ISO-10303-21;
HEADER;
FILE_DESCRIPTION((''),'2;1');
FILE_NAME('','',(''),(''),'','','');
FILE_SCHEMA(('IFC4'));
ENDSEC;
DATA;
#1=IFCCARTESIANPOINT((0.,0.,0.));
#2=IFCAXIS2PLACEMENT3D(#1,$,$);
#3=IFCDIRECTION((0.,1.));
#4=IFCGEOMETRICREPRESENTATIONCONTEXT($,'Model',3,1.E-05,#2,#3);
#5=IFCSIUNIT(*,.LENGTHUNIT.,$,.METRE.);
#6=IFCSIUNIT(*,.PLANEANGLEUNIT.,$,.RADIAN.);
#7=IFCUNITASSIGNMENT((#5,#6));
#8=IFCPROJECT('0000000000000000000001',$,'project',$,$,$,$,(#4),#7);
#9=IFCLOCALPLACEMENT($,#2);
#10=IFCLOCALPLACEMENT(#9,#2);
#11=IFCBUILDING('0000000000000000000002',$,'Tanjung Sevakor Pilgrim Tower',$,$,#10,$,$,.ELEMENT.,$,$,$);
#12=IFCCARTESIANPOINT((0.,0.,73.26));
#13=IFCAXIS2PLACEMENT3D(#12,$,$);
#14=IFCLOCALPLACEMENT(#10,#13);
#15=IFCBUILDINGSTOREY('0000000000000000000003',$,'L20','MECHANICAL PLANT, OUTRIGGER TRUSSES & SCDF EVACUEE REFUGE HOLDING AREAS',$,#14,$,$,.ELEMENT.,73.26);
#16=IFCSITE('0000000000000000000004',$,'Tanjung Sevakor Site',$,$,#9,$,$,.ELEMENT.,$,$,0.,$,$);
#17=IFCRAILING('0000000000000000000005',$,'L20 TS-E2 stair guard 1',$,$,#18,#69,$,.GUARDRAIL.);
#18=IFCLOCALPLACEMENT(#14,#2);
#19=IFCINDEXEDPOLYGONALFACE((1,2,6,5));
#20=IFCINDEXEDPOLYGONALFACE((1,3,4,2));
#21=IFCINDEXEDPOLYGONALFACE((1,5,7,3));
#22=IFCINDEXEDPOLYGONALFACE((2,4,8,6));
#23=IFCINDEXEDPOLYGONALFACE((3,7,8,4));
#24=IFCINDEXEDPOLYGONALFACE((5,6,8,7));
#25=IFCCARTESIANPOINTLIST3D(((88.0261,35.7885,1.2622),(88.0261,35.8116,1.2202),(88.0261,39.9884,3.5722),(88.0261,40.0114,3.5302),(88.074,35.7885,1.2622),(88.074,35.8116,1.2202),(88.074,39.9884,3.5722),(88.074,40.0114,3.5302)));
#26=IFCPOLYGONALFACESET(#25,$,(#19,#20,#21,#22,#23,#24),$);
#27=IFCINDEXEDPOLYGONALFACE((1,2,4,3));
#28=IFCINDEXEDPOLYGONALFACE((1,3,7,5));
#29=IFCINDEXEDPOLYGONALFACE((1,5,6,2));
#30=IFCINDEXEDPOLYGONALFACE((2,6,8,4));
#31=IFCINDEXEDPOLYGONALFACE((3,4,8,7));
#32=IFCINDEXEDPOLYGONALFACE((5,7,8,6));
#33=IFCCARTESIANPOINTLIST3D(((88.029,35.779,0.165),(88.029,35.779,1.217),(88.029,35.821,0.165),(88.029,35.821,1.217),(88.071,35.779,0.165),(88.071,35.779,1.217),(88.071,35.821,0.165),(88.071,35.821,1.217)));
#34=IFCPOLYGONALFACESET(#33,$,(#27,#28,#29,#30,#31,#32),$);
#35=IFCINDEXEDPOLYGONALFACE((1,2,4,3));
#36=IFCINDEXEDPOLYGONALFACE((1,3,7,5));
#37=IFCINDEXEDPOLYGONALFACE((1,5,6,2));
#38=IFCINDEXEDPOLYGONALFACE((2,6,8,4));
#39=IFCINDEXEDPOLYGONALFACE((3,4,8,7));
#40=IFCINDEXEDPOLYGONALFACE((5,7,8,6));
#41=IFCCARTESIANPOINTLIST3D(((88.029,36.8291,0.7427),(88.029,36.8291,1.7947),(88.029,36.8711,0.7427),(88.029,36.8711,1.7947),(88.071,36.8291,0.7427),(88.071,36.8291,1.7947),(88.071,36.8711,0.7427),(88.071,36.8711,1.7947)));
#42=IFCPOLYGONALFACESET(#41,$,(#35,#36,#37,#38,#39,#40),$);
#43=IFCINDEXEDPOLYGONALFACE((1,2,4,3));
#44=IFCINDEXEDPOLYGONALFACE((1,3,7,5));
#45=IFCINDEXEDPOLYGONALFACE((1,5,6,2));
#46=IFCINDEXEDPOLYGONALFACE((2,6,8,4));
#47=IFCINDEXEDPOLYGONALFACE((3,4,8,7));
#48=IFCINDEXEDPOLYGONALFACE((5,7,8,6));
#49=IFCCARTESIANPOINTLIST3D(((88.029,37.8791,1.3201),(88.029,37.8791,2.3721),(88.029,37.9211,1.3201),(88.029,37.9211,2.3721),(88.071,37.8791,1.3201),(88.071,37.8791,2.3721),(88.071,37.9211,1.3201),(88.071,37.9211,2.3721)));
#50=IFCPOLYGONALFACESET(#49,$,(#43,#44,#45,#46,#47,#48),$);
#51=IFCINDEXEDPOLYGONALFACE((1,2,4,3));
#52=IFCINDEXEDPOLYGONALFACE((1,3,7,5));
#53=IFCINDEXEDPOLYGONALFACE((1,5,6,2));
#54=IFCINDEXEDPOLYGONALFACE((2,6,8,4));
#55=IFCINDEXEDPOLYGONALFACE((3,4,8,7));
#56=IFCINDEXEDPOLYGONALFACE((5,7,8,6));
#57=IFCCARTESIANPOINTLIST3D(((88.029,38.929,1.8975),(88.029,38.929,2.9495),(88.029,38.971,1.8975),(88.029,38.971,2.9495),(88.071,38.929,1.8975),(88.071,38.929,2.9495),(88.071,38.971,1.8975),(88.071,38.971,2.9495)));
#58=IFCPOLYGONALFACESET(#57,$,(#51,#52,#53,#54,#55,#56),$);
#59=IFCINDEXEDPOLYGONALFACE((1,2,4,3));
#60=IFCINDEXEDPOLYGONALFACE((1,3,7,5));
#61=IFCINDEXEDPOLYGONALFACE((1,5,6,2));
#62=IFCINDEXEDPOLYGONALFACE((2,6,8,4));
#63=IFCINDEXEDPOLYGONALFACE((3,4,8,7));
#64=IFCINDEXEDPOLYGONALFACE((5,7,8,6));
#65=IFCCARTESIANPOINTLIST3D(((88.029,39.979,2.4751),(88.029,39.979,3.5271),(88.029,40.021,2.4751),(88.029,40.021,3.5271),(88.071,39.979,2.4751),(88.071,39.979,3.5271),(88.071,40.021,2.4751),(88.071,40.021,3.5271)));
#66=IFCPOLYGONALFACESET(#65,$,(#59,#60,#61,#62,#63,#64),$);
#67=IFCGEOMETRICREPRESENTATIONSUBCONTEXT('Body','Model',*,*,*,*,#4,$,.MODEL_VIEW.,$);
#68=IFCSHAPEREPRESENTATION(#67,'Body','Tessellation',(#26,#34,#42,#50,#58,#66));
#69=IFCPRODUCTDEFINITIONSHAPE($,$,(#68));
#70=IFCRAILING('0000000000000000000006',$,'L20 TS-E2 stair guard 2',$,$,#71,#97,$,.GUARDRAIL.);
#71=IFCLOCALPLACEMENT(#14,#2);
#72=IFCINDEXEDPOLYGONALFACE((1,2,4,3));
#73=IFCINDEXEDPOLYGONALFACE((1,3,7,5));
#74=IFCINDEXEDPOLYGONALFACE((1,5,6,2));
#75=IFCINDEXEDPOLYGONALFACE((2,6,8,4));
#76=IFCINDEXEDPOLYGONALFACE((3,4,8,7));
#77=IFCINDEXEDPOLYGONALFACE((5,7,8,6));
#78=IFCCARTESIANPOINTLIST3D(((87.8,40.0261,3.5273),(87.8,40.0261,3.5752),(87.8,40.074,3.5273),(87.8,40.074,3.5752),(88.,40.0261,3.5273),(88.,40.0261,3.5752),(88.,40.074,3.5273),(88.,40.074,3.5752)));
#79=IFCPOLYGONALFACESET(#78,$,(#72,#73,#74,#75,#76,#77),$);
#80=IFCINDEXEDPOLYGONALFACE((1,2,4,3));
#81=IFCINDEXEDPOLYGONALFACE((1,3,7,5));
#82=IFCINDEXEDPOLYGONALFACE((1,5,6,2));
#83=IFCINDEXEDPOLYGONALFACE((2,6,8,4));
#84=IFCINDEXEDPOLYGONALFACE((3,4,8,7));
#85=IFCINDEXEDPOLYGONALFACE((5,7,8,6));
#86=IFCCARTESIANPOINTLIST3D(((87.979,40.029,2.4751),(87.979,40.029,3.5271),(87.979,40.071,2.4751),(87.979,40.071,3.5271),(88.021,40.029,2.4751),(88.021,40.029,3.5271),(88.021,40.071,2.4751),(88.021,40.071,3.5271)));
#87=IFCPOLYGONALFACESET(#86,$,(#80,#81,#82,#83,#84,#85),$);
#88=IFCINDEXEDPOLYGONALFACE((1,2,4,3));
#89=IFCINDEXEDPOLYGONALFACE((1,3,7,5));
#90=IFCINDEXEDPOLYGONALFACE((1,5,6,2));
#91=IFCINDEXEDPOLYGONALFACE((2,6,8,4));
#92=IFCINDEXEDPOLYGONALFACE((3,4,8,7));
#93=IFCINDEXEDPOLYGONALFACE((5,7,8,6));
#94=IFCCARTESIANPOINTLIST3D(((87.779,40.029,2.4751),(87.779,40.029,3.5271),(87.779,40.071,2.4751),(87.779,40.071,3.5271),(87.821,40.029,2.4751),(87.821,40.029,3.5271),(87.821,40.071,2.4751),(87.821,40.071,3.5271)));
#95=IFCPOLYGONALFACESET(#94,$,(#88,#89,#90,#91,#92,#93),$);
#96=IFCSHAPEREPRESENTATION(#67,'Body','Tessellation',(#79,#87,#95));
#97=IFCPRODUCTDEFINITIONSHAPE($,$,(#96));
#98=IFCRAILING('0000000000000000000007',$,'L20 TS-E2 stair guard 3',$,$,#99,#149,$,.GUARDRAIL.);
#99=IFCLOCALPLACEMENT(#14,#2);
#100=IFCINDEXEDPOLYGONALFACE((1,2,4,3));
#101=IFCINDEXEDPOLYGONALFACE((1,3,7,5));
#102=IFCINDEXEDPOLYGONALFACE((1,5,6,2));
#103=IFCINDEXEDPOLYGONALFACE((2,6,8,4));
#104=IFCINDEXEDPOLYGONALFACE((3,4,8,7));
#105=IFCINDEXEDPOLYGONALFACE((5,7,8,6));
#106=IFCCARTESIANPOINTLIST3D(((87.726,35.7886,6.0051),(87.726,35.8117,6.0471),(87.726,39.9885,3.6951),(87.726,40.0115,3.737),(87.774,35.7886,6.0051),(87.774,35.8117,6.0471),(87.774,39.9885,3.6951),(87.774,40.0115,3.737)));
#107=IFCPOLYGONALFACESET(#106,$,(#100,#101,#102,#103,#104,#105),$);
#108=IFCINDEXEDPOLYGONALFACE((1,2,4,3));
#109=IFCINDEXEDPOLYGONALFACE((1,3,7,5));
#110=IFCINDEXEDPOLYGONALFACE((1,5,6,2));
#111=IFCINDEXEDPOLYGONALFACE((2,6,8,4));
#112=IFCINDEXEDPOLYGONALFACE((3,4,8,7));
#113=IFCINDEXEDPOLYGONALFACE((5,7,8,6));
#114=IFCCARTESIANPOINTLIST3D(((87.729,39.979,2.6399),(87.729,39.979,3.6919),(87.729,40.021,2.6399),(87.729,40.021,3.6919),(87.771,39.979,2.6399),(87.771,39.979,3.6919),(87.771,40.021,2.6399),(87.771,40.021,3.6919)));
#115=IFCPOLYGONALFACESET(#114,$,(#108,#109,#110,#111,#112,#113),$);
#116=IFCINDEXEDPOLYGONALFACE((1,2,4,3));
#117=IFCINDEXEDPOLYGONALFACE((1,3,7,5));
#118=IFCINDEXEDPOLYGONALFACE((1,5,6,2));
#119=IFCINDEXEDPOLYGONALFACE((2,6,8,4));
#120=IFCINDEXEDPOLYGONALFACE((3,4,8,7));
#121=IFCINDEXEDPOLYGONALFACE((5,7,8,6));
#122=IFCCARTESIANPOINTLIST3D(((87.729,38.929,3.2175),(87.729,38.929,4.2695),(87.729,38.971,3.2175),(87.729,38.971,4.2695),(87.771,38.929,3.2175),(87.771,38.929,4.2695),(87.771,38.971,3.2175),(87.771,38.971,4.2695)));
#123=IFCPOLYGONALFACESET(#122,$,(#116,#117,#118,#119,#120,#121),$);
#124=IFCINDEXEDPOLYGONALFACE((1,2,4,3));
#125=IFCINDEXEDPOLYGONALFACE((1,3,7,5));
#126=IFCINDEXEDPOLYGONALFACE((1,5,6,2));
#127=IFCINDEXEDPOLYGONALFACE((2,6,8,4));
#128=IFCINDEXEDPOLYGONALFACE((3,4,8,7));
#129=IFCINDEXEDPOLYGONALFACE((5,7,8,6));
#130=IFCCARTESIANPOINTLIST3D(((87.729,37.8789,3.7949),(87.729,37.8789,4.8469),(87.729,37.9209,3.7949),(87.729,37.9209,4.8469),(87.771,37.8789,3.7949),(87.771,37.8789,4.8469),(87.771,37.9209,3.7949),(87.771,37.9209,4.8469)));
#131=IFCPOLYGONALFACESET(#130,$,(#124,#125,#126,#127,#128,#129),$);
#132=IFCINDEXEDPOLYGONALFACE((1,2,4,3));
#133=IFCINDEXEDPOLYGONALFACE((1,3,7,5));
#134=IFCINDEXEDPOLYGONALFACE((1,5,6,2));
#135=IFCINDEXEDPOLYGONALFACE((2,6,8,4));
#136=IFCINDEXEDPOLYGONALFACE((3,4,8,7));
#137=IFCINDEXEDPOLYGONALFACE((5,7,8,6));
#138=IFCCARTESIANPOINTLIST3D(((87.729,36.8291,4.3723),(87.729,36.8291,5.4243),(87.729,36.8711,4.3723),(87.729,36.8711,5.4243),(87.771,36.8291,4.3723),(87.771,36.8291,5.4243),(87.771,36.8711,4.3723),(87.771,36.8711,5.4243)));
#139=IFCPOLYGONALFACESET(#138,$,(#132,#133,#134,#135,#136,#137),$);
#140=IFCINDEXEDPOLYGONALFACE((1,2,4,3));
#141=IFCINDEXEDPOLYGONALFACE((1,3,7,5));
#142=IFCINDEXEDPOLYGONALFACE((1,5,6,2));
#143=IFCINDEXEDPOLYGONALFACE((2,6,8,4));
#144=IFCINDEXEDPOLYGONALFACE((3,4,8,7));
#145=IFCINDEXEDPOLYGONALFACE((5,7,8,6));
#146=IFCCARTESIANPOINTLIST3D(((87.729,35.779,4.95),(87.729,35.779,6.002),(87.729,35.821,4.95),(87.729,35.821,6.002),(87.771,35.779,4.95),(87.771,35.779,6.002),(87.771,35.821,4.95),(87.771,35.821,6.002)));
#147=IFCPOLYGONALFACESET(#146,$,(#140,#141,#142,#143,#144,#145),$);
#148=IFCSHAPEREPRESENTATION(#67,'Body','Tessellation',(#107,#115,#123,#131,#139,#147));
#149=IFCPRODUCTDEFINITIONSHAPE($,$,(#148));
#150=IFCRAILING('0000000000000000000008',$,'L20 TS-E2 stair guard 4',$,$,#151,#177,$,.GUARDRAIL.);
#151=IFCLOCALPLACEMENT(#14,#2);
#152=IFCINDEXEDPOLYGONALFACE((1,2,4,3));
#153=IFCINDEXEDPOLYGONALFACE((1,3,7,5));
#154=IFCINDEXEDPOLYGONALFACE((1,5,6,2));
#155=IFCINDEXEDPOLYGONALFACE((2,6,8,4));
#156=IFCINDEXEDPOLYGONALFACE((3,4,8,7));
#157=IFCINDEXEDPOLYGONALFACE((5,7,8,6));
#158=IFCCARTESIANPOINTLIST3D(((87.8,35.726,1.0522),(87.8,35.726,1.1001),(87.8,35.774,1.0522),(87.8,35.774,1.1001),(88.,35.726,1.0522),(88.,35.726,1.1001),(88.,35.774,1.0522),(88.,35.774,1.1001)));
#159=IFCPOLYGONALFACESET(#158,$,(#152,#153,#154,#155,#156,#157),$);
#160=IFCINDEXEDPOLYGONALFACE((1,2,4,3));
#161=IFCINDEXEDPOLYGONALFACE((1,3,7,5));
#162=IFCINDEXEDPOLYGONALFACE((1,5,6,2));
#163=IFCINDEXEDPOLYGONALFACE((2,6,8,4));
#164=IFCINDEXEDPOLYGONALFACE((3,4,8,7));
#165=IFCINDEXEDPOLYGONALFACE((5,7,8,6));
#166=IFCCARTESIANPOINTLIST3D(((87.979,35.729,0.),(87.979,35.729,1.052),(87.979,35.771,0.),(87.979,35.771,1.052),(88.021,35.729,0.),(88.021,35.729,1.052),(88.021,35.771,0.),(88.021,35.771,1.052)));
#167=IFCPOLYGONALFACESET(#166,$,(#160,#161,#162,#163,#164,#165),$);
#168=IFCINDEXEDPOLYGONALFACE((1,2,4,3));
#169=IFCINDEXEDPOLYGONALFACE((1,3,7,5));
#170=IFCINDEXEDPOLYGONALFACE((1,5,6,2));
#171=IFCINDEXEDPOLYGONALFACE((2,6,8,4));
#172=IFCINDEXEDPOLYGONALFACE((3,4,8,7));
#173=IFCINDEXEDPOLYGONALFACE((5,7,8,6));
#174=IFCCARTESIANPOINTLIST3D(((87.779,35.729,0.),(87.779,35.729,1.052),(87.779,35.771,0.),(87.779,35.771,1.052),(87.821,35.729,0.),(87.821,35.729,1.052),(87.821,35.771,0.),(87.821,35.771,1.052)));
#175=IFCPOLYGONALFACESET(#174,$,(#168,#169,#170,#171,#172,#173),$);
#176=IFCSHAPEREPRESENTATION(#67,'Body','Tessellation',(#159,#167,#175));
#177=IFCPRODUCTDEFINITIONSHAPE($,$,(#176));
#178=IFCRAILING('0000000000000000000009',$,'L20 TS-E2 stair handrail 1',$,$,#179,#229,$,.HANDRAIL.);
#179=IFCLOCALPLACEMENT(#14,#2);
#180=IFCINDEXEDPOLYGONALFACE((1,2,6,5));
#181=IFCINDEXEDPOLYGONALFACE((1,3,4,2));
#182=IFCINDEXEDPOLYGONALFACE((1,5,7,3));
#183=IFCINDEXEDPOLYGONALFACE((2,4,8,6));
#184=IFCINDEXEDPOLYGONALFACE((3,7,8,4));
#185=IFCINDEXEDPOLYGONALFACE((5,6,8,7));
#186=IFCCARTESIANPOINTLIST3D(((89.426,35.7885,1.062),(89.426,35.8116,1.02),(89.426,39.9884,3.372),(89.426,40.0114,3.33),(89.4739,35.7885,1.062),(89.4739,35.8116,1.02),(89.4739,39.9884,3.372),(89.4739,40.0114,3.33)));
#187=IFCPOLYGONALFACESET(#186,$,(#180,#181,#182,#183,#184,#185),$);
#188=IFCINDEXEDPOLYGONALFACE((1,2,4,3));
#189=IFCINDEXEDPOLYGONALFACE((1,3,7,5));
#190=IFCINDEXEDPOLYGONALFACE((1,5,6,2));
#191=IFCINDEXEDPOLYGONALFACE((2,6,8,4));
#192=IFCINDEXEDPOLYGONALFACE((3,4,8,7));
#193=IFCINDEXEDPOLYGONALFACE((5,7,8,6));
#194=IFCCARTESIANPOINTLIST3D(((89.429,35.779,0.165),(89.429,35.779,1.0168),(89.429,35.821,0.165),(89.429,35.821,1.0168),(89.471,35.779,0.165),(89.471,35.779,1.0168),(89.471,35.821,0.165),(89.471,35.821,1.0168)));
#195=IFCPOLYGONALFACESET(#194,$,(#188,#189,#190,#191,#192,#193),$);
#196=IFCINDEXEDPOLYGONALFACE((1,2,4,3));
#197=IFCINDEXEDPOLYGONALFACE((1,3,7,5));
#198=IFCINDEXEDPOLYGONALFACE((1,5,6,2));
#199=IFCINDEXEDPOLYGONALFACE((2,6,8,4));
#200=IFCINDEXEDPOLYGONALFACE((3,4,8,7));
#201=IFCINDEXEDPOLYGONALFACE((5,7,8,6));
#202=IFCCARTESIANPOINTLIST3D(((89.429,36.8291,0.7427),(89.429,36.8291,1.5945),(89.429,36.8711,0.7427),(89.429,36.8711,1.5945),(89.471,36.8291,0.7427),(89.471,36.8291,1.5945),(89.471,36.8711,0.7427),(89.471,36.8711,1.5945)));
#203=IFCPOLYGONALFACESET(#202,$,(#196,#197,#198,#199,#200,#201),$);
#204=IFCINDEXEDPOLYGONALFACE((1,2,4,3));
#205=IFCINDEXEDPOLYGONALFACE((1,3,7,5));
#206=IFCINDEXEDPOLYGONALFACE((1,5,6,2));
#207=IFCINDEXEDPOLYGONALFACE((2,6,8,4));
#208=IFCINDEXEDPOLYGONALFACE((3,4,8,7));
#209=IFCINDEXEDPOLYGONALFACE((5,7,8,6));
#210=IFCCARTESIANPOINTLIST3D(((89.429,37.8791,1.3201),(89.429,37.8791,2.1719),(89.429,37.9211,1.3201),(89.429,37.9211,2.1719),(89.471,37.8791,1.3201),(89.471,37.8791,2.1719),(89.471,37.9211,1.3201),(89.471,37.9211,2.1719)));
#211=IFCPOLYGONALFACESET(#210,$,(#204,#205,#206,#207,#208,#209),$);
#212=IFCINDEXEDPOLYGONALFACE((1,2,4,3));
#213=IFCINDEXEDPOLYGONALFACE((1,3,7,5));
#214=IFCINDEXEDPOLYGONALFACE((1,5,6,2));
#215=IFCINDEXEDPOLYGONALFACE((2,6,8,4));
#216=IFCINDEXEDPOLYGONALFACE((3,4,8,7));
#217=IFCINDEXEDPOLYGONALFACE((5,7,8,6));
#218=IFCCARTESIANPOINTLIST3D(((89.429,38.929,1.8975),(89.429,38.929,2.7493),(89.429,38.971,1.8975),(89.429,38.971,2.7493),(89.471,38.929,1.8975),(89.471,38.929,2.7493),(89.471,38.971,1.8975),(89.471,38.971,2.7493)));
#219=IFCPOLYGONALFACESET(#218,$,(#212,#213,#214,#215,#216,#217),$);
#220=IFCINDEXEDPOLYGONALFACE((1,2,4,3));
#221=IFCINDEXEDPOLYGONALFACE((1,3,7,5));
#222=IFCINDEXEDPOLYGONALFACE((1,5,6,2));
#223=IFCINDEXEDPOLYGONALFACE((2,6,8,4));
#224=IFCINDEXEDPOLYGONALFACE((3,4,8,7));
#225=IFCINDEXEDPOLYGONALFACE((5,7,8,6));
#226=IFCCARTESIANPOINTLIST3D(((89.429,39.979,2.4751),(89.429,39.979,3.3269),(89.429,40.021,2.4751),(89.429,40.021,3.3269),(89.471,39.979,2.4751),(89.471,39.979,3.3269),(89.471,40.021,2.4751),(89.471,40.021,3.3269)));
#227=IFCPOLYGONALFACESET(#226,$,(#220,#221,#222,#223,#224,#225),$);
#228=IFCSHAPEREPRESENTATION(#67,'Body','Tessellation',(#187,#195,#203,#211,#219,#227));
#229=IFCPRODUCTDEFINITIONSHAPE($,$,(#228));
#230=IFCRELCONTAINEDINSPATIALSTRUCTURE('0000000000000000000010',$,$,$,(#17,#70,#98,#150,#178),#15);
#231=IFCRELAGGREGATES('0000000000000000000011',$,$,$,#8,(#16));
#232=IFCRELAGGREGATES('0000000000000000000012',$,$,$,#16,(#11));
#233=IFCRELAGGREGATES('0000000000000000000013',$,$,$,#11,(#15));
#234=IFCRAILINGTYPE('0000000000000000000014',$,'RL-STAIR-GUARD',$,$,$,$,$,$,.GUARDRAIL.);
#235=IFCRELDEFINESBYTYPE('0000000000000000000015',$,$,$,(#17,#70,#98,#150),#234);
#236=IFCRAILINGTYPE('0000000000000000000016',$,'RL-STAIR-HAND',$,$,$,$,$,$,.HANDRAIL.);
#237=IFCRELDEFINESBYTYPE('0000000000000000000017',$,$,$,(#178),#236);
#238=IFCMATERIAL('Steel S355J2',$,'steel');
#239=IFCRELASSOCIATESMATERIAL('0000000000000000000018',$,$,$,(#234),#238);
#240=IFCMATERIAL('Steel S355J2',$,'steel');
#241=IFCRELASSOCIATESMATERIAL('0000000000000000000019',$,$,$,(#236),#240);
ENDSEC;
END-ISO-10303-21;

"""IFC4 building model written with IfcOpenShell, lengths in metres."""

from ifc_helpers import new_model, si_unit, direction, frame, origin, place, context, subcontext, project, spatial, rectangle, extrude, material, type_object, element, save


model = new_model("IFC4")

# Units and contexts
model_context = context("Model", 3, precision=1e-05, world=origin(), true_north=direction((0.0, 1.0)))
body_context = subcontext(model_context, "Body", "Model", "MODEL_VIEW")
ifc_project = project(units=[si_unit("LENGTHUNIT", "METRE"), si_unit("PLANEANGLEUNIT", "RADIAN")], contexts=[model_context])

# Site, building, storey
site_placement = place(None, origin())
site = spatial("IfcSite", under=ifc_project, at=site_placement, Name="Tanjung Sevakor Site", CompositionType="ELEMENT", RefElevation=0.0)
building_placement = place(site_placement, origin())
building = spatial("IfcBuilding", under=site, at=building_placement, Name="Tanjung Sevakor Pilgrim Tower", CompositionType="ELEMENT")
storey_placement = place(building_placement, frame((0.0, 0.0, 73.26)))
storey = spatial("IfcBuildingStorey", under=building, at=storey_placement, Name="L20", Description="MECHANICAL PLANT, OUTRIGGER TRUSSES & SCDF EVACUEE REFUGE HOLDING AREAS", CompositionType="ELEMENT", Elevation=73.26)

# Railings
ifc_material_1 = material(Name="Steel S355J2", Category="steel")
railing_type_1 = type_object("IfcRailingType", Name="RL-STAIR-GUARD", PredefinedType="GUARDRAIL", material=ifc_material_1)
railing_1_placement = place(storey_placement, frame((88.05, 35.8, 0.165)))
element("IfcRailing", 1, at=railing_1_placement, inside=storey, type_object=railing_type_1, Name="L20 TS-E2 stair guard 1", PredefinedType="GUARDRAIL", context=body_context, shape_type="SweptSolid", body=[
    extrude(rectangle(XDim=0.0479, YDim=0.0479), frame((0.0, 0.0, 1.0762), z_axis=(0.0, 0.876208, 0.481932), x_axis=(-1.0, 0.0, 0.0)), (0.0, 0.0, 1.0), 4.7932),
    extrude(rectangle(XDim=0.042, YDim=0.042), origin(), (0.0, 0.0, 1.0), 1.052),
    extrude(rectangle(XDim=0.042, YDim=0.042), frame((0.0, 1.05, 0.5776)), (0.0, 0.0, 1.0), 1.052),
    extrude(rectangle(XDim=0.042, YDim=0.042), frame((0.0, 2.1001, 1.155)), (0.0, 0.0, 1.0), 1.052),
    extrude(rectangle(XDim=0.042, YDim=0.042), frame((0.0, 3.1499, 1.7324)), (0.0, 0.0, 1.0), 1.052),
    extrude(rectangle(XDim=0.042, YDim=0.042), frame((0.0, 4.2, 2.3101)), (0.0, 0.0, 1.0), 1.052),
])
railing_2_placement = place(storey_placement, frame((88.0, 40.05, 2.4751)))
element("IfcRailing", 2, at=railing_2_placement, inside=storey, type_object=railing_type_1, Name="L20 TS-E2 stair guard 2", PredefinedType="GUARDRAIL", context=body_context, shape_type="SweptSolid", body=[
    extrude(rectangle(XDim=0.0479, YDim=0.0479), frame((0.0, 0.0, 1.0762), z_axis=(-1.0, 0.0, 0.0), x_axis=(0.0, -1.0, 0.0)), (0.0, 0.0, 1.0), 0.2),
    extrude(rectangle(XDim=0.042, YDim=0.042), origin(), (0.0, 0.0, 1.0), 1.052),
    extrude(rectangle(XDim=0.042, YDim=0.042), frame((-0.2, 0.0, 0.0)), (0.0, 0.0, 1.0), 1.052),
])
railing_3_placement = place(storey_placement, frame((87.75, 40.0, 2.6399)))
element("IfcRailing", 3, at=railing_3_placement, inside=storey, type_object=railing_type_1, Name="L20 TS-E2 stair guard 3", PredefinedType="GUARDRAIL", context=body_context, shape_type="SweptSolid", body=[
    extrude(rectangle(XDim=0.0479, YDim=0.0479), frame((0.0, 0.0, 1.0762), z_axis=(0.0, -0.876208, 0.481932), x_axis=(1.0, 0.0, 0.0)), (0.0, 0.0, 1.0), 4.7932),
    extrude(rectangle(XDim=0.042, YDim=0.042), origin(), (0.0, 0.0, 1.0), 1.052),
    extrude(rectangle(XDim=0.042, YDim=0.042), frame((0.0, -1.05, 0.5776)), (0.0, 0.0, 1.0), 1.052),
    extrude(rectangle(XDim=0.042, YDim=0.042), frame((0.0, -2.1001, 1.155)), (0.0, 0.0, 1.0), 1.052),
    extrude(rectangle(XDim=0.042, YDim=0.042), frame((0.0, -3.1499, 1.7324)), (0.0, 0.0, 1.0), 1.052),
    extrude(rectangle(XDim=0.042, YDim=0.042), frame((0.0, -4.2, 2.3101)), (0.0, 0.0, 1.0), 1.052),
])
railing_4_placement = place(storey_placement, frame((88.0, 35.75, 0.0)))
element("IfcRailing", 4, at=railing_4_placement, inside=storey, type_object=railing_type_1, Name="L20 TS-E2 stair guard 4", PredefinedType="GUARDRAIL", context=body_context, shape_type="SweptSolid", body=[
    extrude(rectangle(XDim=0.0479, YDim=0.0479), frame((0.0, 0.0, 1.0762), z_axis=(-1.0, 0.0, 0.0), x_axis=(0.0, -1.0, 0.0)), (0.0, 0.0, 1.0), 0.2),
    extrude(rectangle(XDim=0.042, YDim=0.042), origin(), (0.0, 0.0, 1.0), 1.052),
    extrude(rectangle(XDim=0.042, YDim=0.042), frame((-0.2, 0.0, 0.0)), (0.0, 0.0, 1.0), 1.052),
])
ifc_material_2 = material(Name="Steel S355J2", Category="steel")
railing_type_2 = type_object("IfcRailingType", Name="RL-STAIR-HAND", PredefinedType="HANDRAIL", material=ifc_material_2)
railing_5_placement = place(storey_placement, frame((89.45, 35.8, 0.165)))
element("IfcRailing", 5, at=railing_5_placement, inside=storey, type_object=railing_type_2, Name="L20 TS-E2 stair handrail 1", PredefinedType="HANDRAIL", context=body_context, shape_type="SweptSolid", body=[
    extrude(rectangle(XDim=0.0479, YDim=0.0479), frame((0.0, 0.0, 0.876), z_axis=(0.0, 0.876208, 0.481932), x_axis=(-1.0, 0.0, 0.0)), (0.0, 0.0, 1.0), 4.7932),
    extrude(rectangle(XDim=0.042, YDim=0.042), origin(), (0.0, 0.0, 1.0), 0.8518),
    extrude(rectangle(XDim=0.042, YDim=0.042), frame((0.0, 1.05, 0.5776)), (0.0, 0.0, 1.0), 0.8518),
    extrude(rectangle(XDim=0.042, YDim=0.042), frame((0.0, 2.1001, 1.155)), (0.0, 0.0, 1.0), 0.8518),
    extrude(rectangle(XDim=0.042, YDim=0.042), frame((0.0, 3.1499, 1.7324)), (0.0, 0.0, 1.0), 0.8518),
    extrude(rectangle(XDim=0.042, YDim=0.042), frame((0.0, 4.2, 2.3101)), (0.0, 0.0, 1.0), 0.8518),
])

save(model, "model.ifc")
